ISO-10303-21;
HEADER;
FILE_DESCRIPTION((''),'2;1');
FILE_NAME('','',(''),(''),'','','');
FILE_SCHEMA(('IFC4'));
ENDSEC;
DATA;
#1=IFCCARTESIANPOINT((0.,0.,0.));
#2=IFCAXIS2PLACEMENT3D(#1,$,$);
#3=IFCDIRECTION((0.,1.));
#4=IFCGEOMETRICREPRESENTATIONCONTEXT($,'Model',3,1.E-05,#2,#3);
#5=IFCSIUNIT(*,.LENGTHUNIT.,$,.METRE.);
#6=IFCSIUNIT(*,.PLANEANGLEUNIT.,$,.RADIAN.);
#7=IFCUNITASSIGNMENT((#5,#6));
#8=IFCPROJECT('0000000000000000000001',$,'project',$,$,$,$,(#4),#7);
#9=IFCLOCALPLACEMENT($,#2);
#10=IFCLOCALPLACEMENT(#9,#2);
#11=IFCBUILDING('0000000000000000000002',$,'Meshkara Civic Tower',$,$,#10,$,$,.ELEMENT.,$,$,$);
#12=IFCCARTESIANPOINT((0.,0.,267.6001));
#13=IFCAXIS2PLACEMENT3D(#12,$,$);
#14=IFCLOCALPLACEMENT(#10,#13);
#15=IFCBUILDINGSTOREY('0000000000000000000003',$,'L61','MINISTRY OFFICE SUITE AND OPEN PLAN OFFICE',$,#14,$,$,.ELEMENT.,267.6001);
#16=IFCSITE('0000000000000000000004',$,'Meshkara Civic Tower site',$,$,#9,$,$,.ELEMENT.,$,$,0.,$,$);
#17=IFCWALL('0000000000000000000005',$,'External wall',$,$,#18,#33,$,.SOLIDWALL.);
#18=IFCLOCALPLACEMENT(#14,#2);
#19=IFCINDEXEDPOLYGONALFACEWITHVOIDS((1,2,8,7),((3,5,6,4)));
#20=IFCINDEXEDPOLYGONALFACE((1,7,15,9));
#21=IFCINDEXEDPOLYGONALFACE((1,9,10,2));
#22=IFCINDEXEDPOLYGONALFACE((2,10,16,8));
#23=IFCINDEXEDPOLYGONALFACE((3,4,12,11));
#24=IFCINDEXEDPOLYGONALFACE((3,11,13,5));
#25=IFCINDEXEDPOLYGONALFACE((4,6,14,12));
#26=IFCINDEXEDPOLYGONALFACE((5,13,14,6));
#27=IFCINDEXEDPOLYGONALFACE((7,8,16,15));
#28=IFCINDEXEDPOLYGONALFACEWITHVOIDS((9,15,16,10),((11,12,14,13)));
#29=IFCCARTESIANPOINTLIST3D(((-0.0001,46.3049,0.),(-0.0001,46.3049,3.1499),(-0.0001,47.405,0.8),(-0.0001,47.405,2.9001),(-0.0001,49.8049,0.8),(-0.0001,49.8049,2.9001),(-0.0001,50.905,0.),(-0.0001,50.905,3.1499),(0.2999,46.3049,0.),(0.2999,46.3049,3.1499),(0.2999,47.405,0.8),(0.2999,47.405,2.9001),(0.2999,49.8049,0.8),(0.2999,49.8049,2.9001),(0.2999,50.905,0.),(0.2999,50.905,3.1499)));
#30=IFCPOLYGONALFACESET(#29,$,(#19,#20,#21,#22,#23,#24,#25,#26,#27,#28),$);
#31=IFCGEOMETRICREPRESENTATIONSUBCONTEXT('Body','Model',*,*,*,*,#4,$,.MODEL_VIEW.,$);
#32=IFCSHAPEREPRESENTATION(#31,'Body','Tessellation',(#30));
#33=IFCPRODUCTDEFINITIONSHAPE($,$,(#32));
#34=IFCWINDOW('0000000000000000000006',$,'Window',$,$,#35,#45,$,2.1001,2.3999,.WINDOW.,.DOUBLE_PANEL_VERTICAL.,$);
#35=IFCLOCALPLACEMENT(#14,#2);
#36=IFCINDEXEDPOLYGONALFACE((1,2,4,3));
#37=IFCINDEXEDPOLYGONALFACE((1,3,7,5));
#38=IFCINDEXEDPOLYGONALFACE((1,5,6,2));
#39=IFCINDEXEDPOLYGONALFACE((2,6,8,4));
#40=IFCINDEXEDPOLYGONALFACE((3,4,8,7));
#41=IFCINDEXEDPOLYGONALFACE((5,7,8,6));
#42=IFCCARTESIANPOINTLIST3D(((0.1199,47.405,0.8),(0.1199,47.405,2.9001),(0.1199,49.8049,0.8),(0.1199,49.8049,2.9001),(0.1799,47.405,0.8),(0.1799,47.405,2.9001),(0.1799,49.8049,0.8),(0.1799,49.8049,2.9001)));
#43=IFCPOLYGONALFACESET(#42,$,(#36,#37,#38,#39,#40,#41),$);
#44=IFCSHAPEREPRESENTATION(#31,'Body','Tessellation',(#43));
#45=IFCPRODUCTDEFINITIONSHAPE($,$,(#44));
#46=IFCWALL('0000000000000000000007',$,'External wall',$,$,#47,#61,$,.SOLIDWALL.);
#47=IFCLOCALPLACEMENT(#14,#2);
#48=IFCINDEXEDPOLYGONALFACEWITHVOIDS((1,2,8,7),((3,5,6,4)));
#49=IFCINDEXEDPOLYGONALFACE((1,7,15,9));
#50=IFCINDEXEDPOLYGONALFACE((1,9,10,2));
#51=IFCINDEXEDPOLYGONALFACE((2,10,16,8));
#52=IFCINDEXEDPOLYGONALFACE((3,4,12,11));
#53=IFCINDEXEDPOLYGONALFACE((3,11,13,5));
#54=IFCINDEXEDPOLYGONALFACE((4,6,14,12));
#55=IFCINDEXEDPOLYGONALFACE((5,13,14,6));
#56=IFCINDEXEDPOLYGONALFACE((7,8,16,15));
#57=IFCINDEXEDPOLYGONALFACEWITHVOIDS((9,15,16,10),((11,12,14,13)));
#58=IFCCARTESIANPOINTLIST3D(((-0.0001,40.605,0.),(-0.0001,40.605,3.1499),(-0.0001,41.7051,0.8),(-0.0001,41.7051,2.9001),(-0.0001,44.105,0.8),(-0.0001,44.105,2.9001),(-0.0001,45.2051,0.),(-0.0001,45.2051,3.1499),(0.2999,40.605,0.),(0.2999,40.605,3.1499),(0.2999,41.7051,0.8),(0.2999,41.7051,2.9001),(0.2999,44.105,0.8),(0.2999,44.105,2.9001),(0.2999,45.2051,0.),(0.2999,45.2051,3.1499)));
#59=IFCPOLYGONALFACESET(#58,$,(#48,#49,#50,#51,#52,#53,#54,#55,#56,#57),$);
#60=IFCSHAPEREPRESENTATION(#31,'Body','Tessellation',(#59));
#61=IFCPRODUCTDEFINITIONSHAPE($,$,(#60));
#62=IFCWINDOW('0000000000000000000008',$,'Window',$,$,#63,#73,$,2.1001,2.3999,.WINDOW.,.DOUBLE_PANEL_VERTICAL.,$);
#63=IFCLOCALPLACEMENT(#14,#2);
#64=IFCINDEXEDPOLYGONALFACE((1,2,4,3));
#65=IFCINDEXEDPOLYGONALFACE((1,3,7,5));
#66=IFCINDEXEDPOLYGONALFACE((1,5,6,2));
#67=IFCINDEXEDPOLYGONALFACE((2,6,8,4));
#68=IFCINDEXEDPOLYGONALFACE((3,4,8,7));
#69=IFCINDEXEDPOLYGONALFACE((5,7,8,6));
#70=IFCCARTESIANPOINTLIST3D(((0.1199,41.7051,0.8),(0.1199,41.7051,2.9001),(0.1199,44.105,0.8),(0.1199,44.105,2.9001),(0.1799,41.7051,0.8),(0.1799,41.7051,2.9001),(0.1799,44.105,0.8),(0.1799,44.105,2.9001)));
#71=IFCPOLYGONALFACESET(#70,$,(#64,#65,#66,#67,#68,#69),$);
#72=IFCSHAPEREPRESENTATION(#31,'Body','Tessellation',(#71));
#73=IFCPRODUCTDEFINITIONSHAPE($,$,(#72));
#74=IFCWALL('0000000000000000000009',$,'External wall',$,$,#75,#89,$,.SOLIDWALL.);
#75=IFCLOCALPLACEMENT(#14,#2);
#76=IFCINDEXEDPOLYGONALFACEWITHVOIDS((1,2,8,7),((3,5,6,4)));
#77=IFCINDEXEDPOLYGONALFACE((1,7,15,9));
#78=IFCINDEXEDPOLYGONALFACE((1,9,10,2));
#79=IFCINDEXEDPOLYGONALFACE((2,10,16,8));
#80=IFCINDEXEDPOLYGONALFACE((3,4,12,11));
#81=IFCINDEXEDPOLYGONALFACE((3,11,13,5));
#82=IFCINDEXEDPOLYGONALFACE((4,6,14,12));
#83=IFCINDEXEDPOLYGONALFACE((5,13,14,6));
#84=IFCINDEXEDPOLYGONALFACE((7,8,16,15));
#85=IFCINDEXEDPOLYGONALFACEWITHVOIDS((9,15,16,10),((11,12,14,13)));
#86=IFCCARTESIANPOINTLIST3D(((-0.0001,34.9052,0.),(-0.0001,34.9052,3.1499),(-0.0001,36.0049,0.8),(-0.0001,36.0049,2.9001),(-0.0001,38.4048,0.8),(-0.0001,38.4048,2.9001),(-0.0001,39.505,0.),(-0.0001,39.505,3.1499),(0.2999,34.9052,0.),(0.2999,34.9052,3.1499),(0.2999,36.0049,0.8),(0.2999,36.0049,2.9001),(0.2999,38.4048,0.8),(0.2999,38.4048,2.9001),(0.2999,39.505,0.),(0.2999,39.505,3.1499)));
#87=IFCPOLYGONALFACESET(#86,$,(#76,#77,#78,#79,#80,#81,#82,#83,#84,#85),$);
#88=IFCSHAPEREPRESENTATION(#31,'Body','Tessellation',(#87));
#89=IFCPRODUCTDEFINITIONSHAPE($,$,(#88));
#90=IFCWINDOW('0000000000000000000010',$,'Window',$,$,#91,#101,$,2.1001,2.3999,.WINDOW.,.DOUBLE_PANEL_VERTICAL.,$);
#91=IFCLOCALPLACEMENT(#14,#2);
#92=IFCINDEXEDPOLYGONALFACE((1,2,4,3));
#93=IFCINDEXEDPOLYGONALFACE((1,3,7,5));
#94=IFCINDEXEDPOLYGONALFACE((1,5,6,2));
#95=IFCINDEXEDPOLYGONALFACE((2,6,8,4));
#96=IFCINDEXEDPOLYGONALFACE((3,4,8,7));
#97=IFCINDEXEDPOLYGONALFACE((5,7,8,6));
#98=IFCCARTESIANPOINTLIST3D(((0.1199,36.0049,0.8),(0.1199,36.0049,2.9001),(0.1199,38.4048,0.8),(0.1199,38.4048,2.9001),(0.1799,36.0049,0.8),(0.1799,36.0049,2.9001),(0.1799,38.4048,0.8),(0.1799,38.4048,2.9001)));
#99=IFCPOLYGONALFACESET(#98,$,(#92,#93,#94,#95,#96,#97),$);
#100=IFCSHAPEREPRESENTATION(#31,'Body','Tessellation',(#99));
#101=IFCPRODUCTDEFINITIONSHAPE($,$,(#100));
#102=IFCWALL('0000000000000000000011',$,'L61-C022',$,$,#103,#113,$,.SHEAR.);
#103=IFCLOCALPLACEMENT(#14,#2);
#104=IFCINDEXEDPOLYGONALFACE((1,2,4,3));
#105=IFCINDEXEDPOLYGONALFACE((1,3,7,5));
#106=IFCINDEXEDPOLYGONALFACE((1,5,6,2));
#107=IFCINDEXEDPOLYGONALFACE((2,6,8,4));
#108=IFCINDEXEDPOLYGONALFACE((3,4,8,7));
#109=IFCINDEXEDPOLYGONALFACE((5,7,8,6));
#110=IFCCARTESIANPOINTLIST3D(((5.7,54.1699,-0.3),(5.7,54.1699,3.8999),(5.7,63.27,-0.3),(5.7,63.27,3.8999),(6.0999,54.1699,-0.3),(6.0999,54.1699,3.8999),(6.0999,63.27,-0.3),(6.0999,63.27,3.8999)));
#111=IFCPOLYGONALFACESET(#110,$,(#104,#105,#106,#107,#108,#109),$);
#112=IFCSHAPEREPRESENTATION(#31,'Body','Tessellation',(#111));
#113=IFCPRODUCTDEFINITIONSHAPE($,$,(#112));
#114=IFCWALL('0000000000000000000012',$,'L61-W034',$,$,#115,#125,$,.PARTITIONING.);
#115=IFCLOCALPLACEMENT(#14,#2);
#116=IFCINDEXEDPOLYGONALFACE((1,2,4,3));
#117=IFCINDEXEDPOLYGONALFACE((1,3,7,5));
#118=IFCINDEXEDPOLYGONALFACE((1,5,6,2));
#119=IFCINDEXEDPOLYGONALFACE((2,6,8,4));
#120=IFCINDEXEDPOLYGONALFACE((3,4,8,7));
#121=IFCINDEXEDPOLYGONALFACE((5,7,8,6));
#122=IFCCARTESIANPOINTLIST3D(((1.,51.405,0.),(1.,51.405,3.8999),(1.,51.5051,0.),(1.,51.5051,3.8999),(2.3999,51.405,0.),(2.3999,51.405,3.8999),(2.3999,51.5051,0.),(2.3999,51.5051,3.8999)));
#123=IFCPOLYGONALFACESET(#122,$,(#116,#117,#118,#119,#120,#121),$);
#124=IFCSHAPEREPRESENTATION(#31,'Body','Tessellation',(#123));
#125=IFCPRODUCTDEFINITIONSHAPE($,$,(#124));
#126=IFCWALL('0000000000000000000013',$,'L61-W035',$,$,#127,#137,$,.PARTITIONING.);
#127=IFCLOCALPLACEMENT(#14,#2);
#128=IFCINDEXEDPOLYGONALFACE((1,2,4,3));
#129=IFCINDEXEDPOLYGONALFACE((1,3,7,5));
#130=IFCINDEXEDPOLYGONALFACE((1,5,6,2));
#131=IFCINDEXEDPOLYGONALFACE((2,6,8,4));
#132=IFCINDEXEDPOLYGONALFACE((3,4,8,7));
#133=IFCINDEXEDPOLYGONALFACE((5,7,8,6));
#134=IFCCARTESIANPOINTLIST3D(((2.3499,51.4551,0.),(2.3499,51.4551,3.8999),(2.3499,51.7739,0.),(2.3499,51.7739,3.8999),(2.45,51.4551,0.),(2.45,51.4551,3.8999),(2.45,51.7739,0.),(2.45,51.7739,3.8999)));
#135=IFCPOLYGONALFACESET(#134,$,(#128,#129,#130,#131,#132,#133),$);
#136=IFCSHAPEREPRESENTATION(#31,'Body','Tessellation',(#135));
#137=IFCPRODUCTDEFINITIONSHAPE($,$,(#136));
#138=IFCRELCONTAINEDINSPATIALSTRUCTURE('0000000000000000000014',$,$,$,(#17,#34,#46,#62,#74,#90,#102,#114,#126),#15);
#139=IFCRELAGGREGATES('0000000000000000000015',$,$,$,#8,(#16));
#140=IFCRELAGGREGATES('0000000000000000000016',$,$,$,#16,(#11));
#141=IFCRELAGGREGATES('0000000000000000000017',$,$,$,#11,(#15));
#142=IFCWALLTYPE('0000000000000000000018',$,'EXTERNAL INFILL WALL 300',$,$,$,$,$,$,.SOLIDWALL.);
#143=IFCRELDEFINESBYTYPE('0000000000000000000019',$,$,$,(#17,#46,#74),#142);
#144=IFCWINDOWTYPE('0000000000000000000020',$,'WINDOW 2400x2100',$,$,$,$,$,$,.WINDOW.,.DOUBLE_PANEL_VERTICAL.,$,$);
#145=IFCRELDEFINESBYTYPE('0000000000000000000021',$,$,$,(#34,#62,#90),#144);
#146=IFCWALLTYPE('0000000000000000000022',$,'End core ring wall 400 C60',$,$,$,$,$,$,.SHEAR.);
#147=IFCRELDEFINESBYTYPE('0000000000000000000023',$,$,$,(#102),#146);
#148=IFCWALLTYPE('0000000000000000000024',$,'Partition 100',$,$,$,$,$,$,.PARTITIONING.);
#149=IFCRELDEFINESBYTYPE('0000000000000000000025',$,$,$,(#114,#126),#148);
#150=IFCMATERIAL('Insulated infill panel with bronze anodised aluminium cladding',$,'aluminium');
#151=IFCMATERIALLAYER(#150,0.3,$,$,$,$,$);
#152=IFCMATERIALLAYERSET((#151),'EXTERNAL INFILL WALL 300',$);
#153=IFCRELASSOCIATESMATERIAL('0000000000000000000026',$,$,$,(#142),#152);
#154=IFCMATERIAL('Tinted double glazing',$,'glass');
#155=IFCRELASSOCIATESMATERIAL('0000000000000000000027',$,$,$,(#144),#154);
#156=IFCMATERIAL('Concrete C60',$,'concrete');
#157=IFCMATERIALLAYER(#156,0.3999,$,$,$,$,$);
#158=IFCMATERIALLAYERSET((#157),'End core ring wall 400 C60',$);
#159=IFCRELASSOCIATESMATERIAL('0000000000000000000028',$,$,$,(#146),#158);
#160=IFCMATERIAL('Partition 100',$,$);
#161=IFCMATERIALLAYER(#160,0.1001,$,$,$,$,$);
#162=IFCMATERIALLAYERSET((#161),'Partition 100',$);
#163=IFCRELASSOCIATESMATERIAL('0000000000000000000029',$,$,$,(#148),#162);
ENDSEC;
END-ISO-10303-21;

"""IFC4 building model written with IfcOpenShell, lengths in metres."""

from ifc_helpers import new_model, si_unit, direction, frame, frame_2d, origin, place, context, subcontext, project, spatial, rectangle, extrude, material, layer, layer_set, type_object, element, fill, save


model = new_model("IFC4")

# Units and contexts
model_context = context("Model", 3, precision=1e-05, world=origin(), true_north=direction((0.0, 1.0)))
body_context = subcontext(model_context, "Body", "Model", "MODEL_VIEW")
ifc_project = project(units=[si_unit("LENGTHUNIT", "METRE"), si_unit("PLANEANGLEUNIT", "RADIAN")], contexts=[model_context])

# Site, building, storey
site_placement = place(None, origin())
site = spatial("IfcSite", under=ifc_project, at=site_placement, Name="Meshkara Civic Tower site", CompositionType="ELEMENT", RefElevation=0.0)
building_placement = place(site_placement, origin())
building = spatial("IfcBuilding", under=site, at=building_placement, Name="Meshkara Civic Tower", CompositionType="ELEMENT")
storey_placement = place(building_placement, frame((0.0, 0.0, 267.6001)))
storey = spatial("IfcBuildingStorey", under=building, at=storey_placement, Name="L61", Description="MINISTRY OFFICE SUITE AND OPEN PLAN OFFICE", CompositionType="ELEMENT", Elevation=267.6001)

# Walls, openings, windows
ifc_material_1 = material(Name="Insulated infill panel with bronze anodised aluminium cladding", Category="aluminium")
ifc_layer_1 = layer(ifc_material_1, 0.3)
ifc_layer_set_1 = layer_set([ifc_layer_1], Name="EXTERNAL INFILL WALL 300")
wall_type_1 = type_object("IfcWallType", Name="EXTERNAL INFILL WALL 300", PredefinedType="SOLIDWALL", material=ifc_layer_set_1)
wall_1_placement = place(storey_placement, frame((0.1499, 50.905, 0.0), z_axis=(0.0, 0.0, 1.0), x_axis=(0.0, -1.0, 0.0)))
wall_1 = element("IfcWall", 1, at=wall_1_placement, inside=storey, type_object=wall_type_1, Name="External wall", PredefinedType="SOLIDWALL", context=body_context, shape_type="SweptSolid", body=[
    extrude(rectangle(XDim=4.6001, YDim=0.3, at=frame_2d((2.3, 0.0))), origin(), (0.0, 0.0, 1.0), 3.1499),
])
opening_1_placement = place(wall_1_placement, frame((1.1001, 0.0, 0.8)))
opening_1 = element("IfcOpeningElement", 2, at=opening_1_placement, cuts=wall_1, PredefinedType="OPENING", context=body_context, shape_type="SweptSolid", body=[
    extrude(rectangle(XDim=2.3999, YDim=2.1001, at=frame_2d((1.2, 1.05))), frame((0.0, 0.1599, 0.0), z_axis=(0.0, -1.0, 0.0), x_axis=(1.0, 0.0, 0.0)), (0.0, 0.0, 1.0), 0.3201),
])
ifc_material_2 = material(Name="Tinted double glazing", Category="glass")
window_type = type_object("IfcWindowType", Name="WINDOW 2400x2100", PartitioningType="DOUBLE_PANEL_VERTICAL", PredefinedType="WINDOW", material=ifc_material_2)
window_1_placement = place(opening_1_placement, origin())
window_1 = element("IfcWindow", 3, at=window_1_placement, inside=storey, type_object=window_type, Name="Window", OverallHeight=2.1001, OverallWidth=2.3999, PartitioningType="DOUBLE_PANEL_VERTICAL", PredefinedType="WINDOW", context=body_context, shape_type="SweptSolid", body=[
    extrude(rectangle(XDim=2.3999, YDim=2.1001, at=frame_2d((1.2, 1.05))), frame((0.0, 0.03, 0.0), z_axis=(0.0, -1.0, 0.0), x_axis=(1.0, 0.0, 0.0)), (0.0, 0.0, 1.0), 0.0601),
])
fill(opening_1, window_1)
wall_2_placement = place(storey_placement, frame((0.1499, 45.2051, 0.0), z_axis=(0.0, 0.0, 1.0), x_axis=(0.0, -1.0, 0.0)))
wall_2 = element("IfcWall", 4, at=wall_2_placement, inside=storey, type_object=wall_type_1, Name="External wall", PredefinedType="SOLIDWALL", context=body_context, shape_type="SweptSolid", body=[
    extrude(rectangle(XDim=4.6001, YDim=0.3, at=frame_2d((2.3, 0.0))), origin(), (0.0, 0.0, 1.0), 3.1499),
])
opening_2_placement = place(wall_2_placement, frame((1.1001, 0.0, 0.8)))
opening_2 = element("IfcOpeningElement", 5, at=opening_2_placement, cuts=wall_2, PredefinedType="OPENING", context=body_context, shape_type="SweptSolid", body=[
    extrude(rectangle(XDim=2.3999, YDim=2.1001, at=frame_2d((1.2, 1.05))), frame((0.0, 0.1599, 0.0), z_axis=(0.0, -1.0, 0.0), x_axis=(1.0, 0.0, 0.0)), (0.0, 0.0, 1.0), 0.3201),
])
window_2_placement = place(opening_2_placement, origin())
window_2 = element("IfcWindow", 6, at=window_2_placement, inside=storey, type_object=window_type, Name="Window", OverallHeight=2.1001, OverallWidth=2.3999, PartitioningType="DOUBLE_PANEL_VERTICAL", PredefinedType="WINDOW", context=body_context, shape_type="SweptSolid", body=[
    extrude(rectangle(XDim=2.3999, YDim=2.1001, at=frame_2d((1.2, 1.05))), frame((0.0, 0.03, 0.0), z_axis=(0.0, -1.0, 0.0), x_axis=(1.0, 0.0, 0.0)), (0.0, 0.0, 1.0), 0.0601),
])
fill(opening_2, window_2)
wall_3_placement = place(storey_placement, frame((0.1499, 39.5049, 0.0), z_axis=(0.0, 0.0, 1.0), x_axis=(0.0, -1.0, 0.0)))
wall_3 = element("IfcWall", 7, at=wall_3_placement, inside=storey, type_object=wall_type_1, Name="External wall", PredefinedType="SOLIDWALL", context=body_context, shape_type="SweptSolid", body=[
    extrude(rectangle(XDim=4.5999, YDim=0.3, at=frame_2d((2.2998, 0.0))), origin(), (0.0, 0.0, 1.0), 3.1499),
])
opening_3_placement = place(wall_3_placement, frame((1.1001, 0.0, 0.8)))
opening_3 = element("IfcOpeningElement", 8, at=opening_3_placement, cuts=wall_3, PredefinedType="OPENING", context=body_context, shape_type="SweptSolid", body=[
    extrude(rectangle(XDim=2.3999, YDim=2.1001, at=frame_2d((1.2, 1.05))), frame((0.0, 0.1599, 0.0), z_axis=(0.0, -1.0, 0.0), x_axis=(1.0, 0.0, 0.0)), (0.0, 0.0, 1.0), 0.3201),
])
window_3_placement = place(opening_3_placement, origin())
window_3 = element("IfcWindow", 9, at=window_3_placement, inside=storey, type_object=window_type, Name="Window", OverallHeight=2.1001, OverallWidth=2.3999, PartitioningType="DOUBLE_PANEL_VERTICAL", PredefinedType="WINDOW", context=body_context, shape_type="SweptSolid", body=[
    extrude(rectangle(XDim=2.3999, YDim=2.1001, at=frame_2d((1.2, 1.05))), frame((0.0, 0.03, 0.0), z_axis=(0.0, -1.0, 0.0), x_axis=(1.0, 0.0, 0.0)), (0.0, 0.0, 1.0), 0.0601),
])
fill(opening_3, window_3)

# Walls
ifc_material_3 = material(Name="Concrete C60", Category="concrete")
ifc_layer_2 = layer(ifc_material_3, 0.3999)
ifc_layer_set_2 = layer_set([ifc_layer_2], Name="End core ring wall 400 C60")
wall_type_2 = type_object("IfcWallType", Name="End core ring wall 400 C60", PredefinedType="SHEAR", material=ifc_layer_set_2)
wall_4_placement = place(storey_placement, frame((5.8999, 54.1699, -0.3), z_axis=(0.0, 0.0, 1.0), x_axis=(0.0, 1.0, 0.0)))
element("IfcWall", 10, at=wall_4_placement, inside=storey, type_object=wall_type_2, Name="L61-C022", PredefinedType="SHEAR", context=body_context, shape_type="SweptSolid", body=[
    extrude(rectangle(XDim=9.1001, YDim=0.3999, at=frame_2d((4.55, 0.0))), origin(), (0.0, 0.0, 1.0), 4.2),
])
ifc_material_4 = material(Name="Partition 100")
ifc_layer_3 = layer(ifc_material_4, 0.1001)
ifc_layer_set_3 = layer_set([ifc_layer_3], Name="Partition 100")
wall_type_3 = type_object("IfcWallType", Name="Partition 100", PredefinedType="PARTITIONING", material=ifc_layer_set_3)
wall_5_placement = place(storey_placement, frame((2.3999, 51.4551, 0.0), z_axis=(0.0, 0.0, 1.0), x_axis=(-1.0, 0.0, 0.0)))
element("IfcWall", 11, at=wall_5_placement, inside=storey, type_object=wall_type_3, Name="L61-W034", PredefinedType="PARTITIONING", context=body_context, shape_type="SweptSolid", body=[
    extrude(rectangle(XDim=1.3999, YDim=0.1001, at=frame_2d((0.7, 0.0))), origin(), (0.0, 0.0, 1.0), 3.8999),
])
wall_6_placement = place(storey_placement, frame((2.3999, 51.7739, 0.0), z_axis=(0.0, 0.0, 1.0), x_axis=(0.0, -1.0, 0.0)))
element("IfcWall", 12, at=wall_6_placement, inside=storey, type_object=wall_type_3, Name="L61-W035", PredefinedType="PARTITIONING", context=body_context, shape_type="SweptSolid", body=[
    extrude(rectangle(XDim=0.3188, YDim=0.1001, at=frame_2d((0.1594, 0.0))), origin(), (0.0, 0.0, 1.0), 3.8999),
])

save(model, "model.ifc")
